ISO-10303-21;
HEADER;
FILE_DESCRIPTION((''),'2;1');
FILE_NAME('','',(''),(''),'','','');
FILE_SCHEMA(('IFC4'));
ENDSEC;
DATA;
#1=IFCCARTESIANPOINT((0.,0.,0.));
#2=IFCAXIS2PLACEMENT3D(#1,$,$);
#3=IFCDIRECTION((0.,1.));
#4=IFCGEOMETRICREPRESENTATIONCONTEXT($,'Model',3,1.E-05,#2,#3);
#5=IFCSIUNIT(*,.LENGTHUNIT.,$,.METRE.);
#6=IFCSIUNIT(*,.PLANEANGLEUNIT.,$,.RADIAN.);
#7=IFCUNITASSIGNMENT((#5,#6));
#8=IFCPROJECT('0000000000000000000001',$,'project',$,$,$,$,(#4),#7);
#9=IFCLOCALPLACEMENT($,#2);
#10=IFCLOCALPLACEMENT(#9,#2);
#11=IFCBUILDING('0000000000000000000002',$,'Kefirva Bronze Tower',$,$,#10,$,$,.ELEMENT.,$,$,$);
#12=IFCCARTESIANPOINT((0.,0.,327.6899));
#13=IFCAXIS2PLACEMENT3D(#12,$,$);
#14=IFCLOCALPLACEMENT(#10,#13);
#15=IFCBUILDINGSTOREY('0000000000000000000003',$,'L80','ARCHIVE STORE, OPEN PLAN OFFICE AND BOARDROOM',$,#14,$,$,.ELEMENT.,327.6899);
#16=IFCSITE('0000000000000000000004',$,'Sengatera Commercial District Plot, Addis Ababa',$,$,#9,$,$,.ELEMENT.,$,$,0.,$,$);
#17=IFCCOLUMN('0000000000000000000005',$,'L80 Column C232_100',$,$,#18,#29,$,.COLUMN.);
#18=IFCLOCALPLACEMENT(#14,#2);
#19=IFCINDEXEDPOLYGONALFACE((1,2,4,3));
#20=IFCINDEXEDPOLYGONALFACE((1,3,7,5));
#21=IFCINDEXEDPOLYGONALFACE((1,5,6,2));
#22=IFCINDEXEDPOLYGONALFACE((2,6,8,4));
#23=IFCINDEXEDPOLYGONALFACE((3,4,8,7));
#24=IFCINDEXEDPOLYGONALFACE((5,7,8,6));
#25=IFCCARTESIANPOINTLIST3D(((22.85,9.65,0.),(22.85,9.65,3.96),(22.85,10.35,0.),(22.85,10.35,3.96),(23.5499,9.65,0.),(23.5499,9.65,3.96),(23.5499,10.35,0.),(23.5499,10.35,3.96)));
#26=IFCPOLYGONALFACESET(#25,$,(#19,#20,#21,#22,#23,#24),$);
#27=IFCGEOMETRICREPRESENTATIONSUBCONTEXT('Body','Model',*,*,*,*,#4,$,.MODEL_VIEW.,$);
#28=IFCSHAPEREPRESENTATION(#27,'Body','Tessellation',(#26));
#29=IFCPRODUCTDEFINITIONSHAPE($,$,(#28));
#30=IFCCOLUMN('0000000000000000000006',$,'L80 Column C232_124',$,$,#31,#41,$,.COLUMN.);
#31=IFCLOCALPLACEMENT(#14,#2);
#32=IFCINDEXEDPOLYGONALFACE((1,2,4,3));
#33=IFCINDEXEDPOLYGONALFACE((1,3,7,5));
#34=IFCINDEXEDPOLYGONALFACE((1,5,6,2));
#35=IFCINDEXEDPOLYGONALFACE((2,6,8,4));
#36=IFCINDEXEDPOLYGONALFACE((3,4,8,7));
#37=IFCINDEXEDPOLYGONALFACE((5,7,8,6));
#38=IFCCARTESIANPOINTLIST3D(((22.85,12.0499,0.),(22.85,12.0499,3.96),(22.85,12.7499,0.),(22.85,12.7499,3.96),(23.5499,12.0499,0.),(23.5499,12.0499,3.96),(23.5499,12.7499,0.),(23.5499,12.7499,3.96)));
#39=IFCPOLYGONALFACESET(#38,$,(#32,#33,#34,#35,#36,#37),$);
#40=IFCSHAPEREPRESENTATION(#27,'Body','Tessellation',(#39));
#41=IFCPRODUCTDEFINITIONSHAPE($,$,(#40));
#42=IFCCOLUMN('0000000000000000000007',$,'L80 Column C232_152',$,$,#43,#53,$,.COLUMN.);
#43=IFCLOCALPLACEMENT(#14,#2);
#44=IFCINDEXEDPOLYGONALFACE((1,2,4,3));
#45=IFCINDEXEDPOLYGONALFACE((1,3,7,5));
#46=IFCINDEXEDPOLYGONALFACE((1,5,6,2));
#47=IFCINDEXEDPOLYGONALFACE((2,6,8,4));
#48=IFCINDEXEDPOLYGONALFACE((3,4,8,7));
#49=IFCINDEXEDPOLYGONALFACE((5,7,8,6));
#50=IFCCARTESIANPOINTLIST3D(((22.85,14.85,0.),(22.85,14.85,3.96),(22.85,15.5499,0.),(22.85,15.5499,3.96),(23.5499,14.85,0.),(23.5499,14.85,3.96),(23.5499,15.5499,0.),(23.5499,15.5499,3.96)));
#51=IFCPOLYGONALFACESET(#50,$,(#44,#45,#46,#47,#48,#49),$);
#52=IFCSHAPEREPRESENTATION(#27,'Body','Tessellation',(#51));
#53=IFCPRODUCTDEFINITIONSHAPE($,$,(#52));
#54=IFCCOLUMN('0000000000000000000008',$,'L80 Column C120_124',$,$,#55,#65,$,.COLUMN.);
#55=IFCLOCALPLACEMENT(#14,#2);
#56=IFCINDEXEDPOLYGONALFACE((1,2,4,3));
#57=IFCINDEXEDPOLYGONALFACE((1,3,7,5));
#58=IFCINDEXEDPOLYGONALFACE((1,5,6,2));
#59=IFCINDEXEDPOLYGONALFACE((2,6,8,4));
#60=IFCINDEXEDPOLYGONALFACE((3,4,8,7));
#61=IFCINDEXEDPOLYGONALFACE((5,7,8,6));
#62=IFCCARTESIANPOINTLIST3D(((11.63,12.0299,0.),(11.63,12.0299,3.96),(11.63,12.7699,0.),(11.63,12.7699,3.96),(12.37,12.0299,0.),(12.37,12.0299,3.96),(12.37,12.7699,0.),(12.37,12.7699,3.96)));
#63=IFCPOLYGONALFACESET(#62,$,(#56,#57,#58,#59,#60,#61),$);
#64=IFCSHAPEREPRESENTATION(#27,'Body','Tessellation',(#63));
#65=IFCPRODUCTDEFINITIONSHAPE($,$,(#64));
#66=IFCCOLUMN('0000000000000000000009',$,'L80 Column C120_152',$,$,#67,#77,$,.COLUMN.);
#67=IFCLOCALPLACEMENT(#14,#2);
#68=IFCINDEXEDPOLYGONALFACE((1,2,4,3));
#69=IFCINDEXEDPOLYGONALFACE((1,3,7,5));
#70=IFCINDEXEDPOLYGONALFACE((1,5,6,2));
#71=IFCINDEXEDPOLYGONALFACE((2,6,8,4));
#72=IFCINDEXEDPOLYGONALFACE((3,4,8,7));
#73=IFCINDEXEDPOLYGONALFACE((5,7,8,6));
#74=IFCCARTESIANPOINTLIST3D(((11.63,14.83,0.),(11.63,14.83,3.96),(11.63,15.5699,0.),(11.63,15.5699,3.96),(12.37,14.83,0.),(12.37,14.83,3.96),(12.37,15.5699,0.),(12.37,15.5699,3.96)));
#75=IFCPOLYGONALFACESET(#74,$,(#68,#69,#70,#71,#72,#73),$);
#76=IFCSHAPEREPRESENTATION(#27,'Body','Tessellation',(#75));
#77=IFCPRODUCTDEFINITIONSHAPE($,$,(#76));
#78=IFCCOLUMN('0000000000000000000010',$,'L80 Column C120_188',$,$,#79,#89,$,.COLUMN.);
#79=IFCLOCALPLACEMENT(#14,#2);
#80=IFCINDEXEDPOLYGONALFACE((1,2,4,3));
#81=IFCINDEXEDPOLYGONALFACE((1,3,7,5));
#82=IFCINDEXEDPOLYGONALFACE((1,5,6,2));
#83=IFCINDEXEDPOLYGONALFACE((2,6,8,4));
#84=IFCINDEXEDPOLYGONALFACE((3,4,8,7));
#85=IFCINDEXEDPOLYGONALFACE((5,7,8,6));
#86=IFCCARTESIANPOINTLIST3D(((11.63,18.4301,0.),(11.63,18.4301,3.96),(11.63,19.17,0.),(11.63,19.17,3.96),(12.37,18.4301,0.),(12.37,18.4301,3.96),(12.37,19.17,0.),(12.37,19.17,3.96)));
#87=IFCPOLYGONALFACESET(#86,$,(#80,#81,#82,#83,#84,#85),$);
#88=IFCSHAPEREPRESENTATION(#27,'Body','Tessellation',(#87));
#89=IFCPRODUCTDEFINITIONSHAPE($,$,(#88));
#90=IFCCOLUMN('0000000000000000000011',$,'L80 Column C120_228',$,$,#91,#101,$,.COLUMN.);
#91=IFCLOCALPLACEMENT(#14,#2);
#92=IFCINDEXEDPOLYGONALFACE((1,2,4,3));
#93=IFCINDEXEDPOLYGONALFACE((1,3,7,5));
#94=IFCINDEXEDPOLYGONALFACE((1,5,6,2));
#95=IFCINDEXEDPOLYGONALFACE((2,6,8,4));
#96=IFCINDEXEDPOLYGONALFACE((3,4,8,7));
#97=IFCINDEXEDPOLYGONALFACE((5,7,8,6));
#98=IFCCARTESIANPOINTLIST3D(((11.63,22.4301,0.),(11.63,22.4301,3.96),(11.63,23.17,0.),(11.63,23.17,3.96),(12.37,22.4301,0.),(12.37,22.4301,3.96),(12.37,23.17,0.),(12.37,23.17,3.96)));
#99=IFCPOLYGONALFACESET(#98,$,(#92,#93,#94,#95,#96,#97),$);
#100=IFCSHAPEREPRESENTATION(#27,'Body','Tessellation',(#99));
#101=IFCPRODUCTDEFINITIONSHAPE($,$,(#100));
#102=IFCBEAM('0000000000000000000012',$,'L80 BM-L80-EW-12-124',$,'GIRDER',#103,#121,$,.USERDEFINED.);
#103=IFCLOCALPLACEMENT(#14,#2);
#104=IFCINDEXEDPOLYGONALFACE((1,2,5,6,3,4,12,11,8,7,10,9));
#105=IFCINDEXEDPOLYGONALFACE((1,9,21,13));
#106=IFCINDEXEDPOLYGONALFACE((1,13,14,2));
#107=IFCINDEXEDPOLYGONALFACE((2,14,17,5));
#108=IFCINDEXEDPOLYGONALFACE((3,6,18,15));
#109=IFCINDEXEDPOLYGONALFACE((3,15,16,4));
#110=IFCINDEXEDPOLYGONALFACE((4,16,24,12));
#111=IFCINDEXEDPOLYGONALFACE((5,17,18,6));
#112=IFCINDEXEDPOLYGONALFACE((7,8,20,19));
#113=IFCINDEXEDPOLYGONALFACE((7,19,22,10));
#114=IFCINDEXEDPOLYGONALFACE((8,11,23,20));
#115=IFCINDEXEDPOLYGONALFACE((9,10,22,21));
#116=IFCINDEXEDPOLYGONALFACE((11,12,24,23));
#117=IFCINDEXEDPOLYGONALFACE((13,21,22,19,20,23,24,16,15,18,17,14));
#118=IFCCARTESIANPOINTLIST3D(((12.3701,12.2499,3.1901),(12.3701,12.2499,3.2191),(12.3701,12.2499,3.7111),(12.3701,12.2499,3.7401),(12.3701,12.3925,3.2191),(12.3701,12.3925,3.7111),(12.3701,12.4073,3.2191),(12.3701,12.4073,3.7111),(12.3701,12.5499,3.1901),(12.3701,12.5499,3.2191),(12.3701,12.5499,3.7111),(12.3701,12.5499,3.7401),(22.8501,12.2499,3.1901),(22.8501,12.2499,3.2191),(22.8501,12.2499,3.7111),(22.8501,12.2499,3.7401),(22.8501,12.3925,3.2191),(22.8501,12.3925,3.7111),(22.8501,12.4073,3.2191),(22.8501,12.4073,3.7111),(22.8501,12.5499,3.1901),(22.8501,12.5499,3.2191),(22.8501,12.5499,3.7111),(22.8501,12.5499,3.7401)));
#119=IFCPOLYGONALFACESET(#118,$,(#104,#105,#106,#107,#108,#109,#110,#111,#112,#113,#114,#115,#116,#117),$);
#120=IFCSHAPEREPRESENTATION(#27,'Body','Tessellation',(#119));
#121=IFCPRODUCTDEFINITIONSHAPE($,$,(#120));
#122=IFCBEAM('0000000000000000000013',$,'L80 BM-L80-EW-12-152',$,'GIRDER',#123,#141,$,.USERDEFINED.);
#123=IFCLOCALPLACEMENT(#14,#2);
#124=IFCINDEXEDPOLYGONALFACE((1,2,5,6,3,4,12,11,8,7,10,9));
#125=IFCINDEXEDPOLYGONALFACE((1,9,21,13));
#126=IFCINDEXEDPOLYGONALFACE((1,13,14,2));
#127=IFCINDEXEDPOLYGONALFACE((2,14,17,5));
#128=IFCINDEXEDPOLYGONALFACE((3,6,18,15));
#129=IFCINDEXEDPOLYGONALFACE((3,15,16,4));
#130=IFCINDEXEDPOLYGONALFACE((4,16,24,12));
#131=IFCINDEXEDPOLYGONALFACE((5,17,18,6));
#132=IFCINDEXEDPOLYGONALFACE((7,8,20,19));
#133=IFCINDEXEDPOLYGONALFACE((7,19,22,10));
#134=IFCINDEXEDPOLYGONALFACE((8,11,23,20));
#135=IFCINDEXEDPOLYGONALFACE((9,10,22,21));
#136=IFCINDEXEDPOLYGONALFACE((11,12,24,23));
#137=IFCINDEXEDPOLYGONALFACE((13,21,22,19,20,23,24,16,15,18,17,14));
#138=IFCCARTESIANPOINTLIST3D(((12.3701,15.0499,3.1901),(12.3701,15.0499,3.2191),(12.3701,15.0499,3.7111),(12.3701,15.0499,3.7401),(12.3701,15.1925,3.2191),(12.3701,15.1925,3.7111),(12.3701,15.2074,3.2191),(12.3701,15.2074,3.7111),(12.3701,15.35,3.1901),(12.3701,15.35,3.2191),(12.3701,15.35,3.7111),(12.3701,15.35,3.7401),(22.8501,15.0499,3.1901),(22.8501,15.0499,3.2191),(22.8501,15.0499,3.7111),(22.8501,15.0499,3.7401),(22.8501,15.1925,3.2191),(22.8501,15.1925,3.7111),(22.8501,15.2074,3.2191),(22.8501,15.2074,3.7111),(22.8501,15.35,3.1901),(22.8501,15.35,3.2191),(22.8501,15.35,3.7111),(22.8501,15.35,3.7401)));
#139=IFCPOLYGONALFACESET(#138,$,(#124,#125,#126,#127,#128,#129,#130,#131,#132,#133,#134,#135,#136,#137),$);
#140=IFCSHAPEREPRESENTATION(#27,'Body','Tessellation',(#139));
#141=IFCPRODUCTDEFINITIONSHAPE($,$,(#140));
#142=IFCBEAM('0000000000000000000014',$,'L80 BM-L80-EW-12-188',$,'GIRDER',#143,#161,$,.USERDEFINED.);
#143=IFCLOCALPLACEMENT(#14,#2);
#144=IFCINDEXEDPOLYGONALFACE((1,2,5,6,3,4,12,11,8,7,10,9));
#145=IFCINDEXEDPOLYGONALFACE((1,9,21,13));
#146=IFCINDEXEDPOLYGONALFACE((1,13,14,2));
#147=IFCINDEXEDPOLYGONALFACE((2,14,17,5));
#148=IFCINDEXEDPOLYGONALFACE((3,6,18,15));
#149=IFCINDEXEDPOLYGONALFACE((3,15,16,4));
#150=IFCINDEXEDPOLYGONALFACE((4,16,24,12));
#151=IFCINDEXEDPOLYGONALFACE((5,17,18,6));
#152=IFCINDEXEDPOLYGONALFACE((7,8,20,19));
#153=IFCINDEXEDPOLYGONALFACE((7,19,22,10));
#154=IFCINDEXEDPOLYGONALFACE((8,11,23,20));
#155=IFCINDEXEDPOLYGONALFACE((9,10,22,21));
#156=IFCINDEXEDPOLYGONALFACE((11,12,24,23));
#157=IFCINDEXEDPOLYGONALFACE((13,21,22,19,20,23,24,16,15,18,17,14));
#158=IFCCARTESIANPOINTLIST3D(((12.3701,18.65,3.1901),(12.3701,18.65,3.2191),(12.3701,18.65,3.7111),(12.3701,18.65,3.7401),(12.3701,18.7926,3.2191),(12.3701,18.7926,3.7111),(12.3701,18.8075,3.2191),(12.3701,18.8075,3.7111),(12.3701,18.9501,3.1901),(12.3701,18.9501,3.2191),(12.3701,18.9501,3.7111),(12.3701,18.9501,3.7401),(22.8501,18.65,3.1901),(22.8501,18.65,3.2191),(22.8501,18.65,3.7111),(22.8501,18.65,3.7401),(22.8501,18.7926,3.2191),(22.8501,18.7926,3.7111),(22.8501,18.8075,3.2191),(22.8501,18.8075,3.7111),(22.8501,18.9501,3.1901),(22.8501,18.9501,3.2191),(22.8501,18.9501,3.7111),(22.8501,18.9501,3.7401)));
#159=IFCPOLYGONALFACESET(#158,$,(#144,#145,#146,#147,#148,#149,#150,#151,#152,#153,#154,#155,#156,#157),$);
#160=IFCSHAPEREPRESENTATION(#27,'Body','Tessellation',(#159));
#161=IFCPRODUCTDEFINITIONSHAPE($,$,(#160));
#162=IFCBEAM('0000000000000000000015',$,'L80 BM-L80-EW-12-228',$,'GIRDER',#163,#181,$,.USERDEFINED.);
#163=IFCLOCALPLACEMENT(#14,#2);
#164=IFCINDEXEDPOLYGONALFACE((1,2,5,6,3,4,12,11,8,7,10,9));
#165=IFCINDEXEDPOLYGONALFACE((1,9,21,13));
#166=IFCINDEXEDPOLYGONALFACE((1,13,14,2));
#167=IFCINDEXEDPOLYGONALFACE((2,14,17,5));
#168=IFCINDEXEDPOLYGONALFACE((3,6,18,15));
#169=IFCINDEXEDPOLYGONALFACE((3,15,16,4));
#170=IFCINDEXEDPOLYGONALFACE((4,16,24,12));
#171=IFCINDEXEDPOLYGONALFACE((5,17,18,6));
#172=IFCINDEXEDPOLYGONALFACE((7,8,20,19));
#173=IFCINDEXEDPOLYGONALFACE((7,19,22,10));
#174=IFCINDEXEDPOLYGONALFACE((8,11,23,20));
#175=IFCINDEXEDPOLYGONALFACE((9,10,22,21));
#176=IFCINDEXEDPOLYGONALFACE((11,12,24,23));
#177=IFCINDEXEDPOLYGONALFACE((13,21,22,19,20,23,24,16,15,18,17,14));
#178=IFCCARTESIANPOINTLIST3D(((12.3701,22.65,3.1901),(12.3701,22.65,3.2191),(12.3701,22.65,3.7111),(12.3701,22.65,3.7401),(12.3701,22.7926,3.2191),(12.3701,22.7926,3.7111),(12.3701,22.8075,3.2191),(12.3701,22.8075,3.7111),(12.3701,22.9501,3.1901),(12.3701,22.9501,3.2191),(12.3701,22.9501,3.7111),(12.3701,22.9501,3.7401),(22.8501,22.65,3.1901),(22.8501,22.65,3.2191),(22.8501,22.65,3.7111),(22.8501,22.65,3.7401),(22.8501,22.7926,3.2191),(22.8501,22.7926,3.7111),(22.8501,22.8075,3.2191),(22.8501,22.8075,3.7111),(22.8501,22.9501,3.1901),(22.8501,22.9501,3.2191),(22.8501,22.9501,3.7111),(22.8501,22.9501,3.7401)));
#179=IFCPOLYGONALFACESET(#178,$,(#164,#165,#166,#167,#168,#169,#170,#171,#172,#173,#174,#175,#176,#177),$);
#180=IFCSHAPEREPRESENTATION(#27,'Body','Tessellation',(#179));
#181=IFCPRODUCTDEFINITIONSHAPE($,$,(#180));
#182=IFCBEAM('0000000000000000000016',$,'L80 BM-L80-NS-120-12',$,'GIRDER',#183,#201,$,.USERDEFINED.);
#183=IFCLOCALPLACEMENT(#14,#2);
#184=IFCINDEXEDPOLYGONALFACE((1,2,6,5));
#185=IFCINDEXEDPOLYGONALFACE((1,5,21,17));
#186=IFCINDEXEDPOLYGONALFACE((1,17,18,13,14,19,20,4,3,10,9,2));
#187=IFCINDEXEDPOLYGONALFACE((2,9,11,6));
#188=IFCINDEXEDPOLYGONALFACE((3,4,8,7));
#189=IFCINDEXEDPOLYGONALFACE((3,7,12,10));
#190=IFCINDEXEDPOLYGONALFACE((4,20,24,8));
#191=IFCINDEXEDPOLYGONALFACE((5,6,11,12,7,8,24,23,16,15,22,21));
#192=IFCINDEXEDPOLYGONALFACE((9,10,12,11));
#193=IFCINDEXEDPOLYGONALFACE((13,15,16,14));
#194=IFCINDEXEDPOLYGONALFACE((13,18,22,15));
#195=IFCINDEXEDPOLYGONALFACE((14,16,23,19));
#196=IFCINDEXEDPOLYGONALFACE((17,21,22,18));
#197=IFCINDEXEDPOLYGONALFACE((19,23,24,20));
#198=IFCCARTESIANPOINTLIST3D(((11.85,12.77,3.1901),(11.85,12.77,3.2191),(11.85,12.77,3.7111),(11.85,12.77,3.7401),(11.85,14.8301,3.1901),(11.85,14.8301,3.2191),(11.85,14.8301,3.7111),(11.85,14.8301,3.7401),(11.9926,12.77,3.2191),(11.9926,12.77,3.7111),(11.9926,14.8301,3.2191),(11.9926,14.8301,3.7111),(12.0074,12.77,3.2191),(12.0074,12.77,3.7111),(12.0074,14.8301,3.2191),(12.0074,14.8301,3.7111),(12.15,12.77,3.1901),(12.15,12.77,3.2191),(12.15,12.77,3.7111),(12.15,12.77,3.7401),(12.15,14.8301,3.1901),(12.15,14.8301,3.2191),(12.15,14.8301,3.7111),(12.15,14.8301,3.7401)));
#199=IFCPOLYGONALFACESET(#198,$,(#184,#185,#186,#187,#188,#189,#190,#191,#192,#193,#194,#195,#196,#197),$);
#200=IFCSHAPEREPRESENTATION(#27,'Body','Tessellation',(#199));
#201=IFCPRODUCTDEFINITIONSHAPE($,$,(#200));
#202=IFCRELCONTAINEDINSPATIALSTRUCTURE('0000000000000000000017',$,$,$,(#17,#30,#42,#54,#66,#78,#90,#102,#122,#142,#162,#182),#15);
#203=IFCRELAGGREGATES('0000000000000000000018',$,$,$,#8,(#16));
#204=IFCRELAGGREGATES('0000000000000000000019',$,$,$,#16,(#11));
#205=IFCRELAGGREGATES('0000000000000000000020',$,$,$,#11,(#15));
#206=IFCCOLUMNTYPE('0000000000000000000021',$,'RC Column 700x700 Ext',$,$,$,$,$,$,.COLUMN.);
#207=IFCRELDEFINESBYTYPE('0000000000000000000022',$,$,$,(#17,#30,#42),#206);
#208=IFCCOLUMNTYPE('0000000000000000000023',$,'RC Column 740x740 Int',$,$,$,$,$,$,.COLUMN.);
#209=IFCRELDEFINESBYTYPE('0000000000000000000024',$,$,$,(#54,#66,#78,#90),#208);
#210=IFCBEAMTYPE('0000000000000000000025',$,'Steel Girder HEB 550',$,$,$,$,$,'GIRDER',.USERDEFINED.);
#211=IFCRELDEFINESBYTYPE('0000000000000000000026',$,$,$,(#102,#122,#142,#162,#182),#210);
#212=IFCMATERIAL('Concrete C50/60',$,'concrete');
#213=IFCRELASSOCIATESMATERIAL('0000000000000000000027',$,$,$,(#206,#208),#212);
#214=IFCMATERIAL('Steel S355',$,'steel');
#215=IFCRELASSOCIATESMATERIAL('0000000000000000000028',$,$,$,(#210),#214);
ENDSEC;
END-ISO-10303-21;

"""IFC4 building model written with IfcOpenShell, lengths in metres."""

from ifc_helpers import new_model, si_unit, direction, frame, origin, origin_2d, place, context, subcontext, project, spatial, rectangle, i_section, extrude, material, material_profile, profile_set, type_object, element, save


model = new_model("IFC4")

# Units and contexts
model_context = context("Model", 3, precision=1e-05, world=origin(), true_north=direction((0.0, 1.0)))
body_context = subcontext(model_context, "Body", "Model", "MODEL_VIEW")
ifc_project = project(units=[si_unit("LENGTHUNIT", "METRE"), si_unit("PLANEANGLEUNIT", "RADIAN")], contexts=[model_context])

# Site, building, storey
site_placement = place(None, origin())
site = spatial("IfcSite", under=ifc_project, at=site_placement, Name="Sengatera Commercial District Plot, Addis Ababa", CompositionType="ELEMENT", RefElevation=0.0)
building_placement = place(site_placement, origin())
building = spatial("IfcBuilding", under=site, at=building_placement, Name="Kefirva Bronze Tower", CompositionType="ELEMENT")
storey_placement = place(building_placement, frame((0.0, 0.0, 327.6899)))
storey = spatial("IfcBuildingStorey", under=building, at=storey_placement, Name="L80", Description="ARCHIVE STORE, OPEN PLAN OFFICE AND BOARDROOM", CompositionType="ELEMENT", Elevation=327.6899)

# Columns
ifc_material_1 = material(Name="Concrete C50/60", Category="concrete")
ifc_material_profile_1 = material_profile(ifc_material_1, rectangle(XDim=0.7, YDim=0.7, at=origin_2d()), Name="RC 700x700")
ifc_profile_set_1 = profile_set([ifc_material_profile_1], Name="Concrete C50/60")
column_type_1 = type_object("IfcColumnType", Name="RC Column 700x700 Ext", PredefinedType="COLUMN", material=ifc_profile_set_1)
for number, where, z_axis, x_axis, name in (
    (1, (23.2, 10.0, 0.0), (0.0, 0.0, 1.0), (1.0, 0.0, 0.0), "L80 Column C232_100"),
    (2, (23.2, 12.3999, 0.0), (0.0, 0.0, 1.0), (1.0, 0.0, 0.0), "L80 Column C232_124"),
    (3, (23.2, 15.2, 0.0), (0.0, 0.0, 1.0), (1.0, 0.0, 0.0), "L80 Column C232_152"),
):
    element("IfcColumn", number, at=place(storey_placement, frame(where, z_axis=z_axis, x_axis=x_axis)), inside=storey, type_object=column_type_1, Name=name, PredefinedType="COLUMN", context=body_context, shape_type="SweptSolid", body=[
        extrude(rectangle(XDim=0.7, YDim=0.7, at=origin_2d()), origin(), (0.0, 0.0, 1.0), 3.96),
    ])
ifc_material_profile_2 = material_profile(ifc_material_1, rectangle(XDim=0.74, YDim=0.74, at=origin_2d()), Name="RC 740x740")
ifc_profile_set_2 = profile_set([ifc_material_profile_2], Name="Concrete C50/60")
column_type_2 = type_object("IfcColumnType", Name="RC Column 740x740 Int", PredefinedType="COLUMN", material=ifc_profile_set_2)
for number, where, z_axis, x_axis, name in (
    (4, (12.0, 12.3999, 0.0), (0.0, 0.0, 1.0), (1.0, 0.0, 0.0), "L80 Column C120_124"),
    (5, (12.0, 15.2, 0.0), (0.0, 0.0, 1.0), (1.0, 0.0, 0.0), "L80 Column C120_152"),
    (6, (12.0, 18.8, 0.0), (0.0, 0.0, 1.0), (1.0, 0.0, 0.0), "L80 Column C120_188"),
    (7, (12.0, 22.8, 0.0), (0.0, 0.0, 1.0), (1.0, 0.0, 0.0), "L80 Column C120_228"),
):
    element("IfcColumn", number, at=place(storey_placement, frame(where, z_axis=z_axis, x_axis=x_axis)), inside=storey, type_object=column_type_2, Name=name, PredefinedType="COLUMN", context=body_context, shape_type="SweptSolid", body=[
        extrude(rectangle(XDim=0.74, YDim=0.74, at=origin_2d()), origin(), (0.0, 0.0, 1.0), 3.96),
    ])

# Beams
ifc_material_2 = material(Name="Steel S355", Category="steel")
ifc_material_profile_3 = material_profile(ifc_material_2, i_section(OverallWidth=0.3, OverallDepth=0.55, WebThickness=0.0149, FlangeThickness=0.0291, at=origin_2d()), Name="HEB 550")
ifc_profile_set_3 = profile_set([ifc_material_profile_3], Name="Steel S355")
beam_type_1 = type_object("IfcBeamType", Name="Steel Girder HEB 550", ElementType="GIRDER", PredefinedType="USERDEFINED", material=ifc_profile_set_3)
for number, where, z_axis, x_axis, name in (
    (8, (12.3701, 12.3999, 3.4651), (1.0, 0.0, 0.0), (0.0, 1.0, 0.0), "L80 BM-L80-EW-12-124"),
    (9, (12.3701, 15.2, 3.4651), (1.0, 0.0, 0.0), (0.0, 1.0, 0.0), "L80 BM-L80-EW-12-152"),
    (10, (12.3701, 18.8, 3.4651), (1.0, 0.0, 0.0), (0.0, 1.0, 0.0), "L80 BM-L80-EW-12-188"),
    (11, (12.3701, 22.8, 3.4651), (1.0, 0.0, 0.0), (0.0, 1.0, 0.0), "L80 BM-L80-EW-12-228"),
):
    element("IfcBeam", number, at=place(storey_placement, frame(where, z_axis=z_axis, x_axis=x_axis)), inside=storey, type_object=beam_type_1, Name=name, ObjectType="GIRDER", PredefinedType="USERDEFINED", context=body_context, shape_type="SweptSolid", body=[
        extrude(i_section(OverallWidth=0.3, OverallDepth=0.55, WebThickness=0.0149, FlangeThickness=0.0291, at=origin_2d()), origin(), (0.0, 0.0, 1.0), 10.48),
    ])
beam_1_placement = place(storey_placement, frame((12.0, 12.77, 3.4651), z_axis=(0.0, 1.0, 0.0), x_axis=(-1.0, 0.0, 0.0)))
element("IfcBeam", 12, at=beam_1_placement, inside=storey, type_object=beam_type_1, Name="L80 BM-L80-NS-120-12", ObjectType="GIRDER", PredefinedType="USERDEFINED", context=body_context, shape_type="SweptSolid", body=[
    extrude(i_section(OverallWidth=0.3, OverallDepth=0.55, WebThickness=0.0149, FlangeThickness=0.0291, at=origin_2d()), origin(), (0.0, 0.0, 1.0), 2.0601),
])

save(model, "model.ifc")
